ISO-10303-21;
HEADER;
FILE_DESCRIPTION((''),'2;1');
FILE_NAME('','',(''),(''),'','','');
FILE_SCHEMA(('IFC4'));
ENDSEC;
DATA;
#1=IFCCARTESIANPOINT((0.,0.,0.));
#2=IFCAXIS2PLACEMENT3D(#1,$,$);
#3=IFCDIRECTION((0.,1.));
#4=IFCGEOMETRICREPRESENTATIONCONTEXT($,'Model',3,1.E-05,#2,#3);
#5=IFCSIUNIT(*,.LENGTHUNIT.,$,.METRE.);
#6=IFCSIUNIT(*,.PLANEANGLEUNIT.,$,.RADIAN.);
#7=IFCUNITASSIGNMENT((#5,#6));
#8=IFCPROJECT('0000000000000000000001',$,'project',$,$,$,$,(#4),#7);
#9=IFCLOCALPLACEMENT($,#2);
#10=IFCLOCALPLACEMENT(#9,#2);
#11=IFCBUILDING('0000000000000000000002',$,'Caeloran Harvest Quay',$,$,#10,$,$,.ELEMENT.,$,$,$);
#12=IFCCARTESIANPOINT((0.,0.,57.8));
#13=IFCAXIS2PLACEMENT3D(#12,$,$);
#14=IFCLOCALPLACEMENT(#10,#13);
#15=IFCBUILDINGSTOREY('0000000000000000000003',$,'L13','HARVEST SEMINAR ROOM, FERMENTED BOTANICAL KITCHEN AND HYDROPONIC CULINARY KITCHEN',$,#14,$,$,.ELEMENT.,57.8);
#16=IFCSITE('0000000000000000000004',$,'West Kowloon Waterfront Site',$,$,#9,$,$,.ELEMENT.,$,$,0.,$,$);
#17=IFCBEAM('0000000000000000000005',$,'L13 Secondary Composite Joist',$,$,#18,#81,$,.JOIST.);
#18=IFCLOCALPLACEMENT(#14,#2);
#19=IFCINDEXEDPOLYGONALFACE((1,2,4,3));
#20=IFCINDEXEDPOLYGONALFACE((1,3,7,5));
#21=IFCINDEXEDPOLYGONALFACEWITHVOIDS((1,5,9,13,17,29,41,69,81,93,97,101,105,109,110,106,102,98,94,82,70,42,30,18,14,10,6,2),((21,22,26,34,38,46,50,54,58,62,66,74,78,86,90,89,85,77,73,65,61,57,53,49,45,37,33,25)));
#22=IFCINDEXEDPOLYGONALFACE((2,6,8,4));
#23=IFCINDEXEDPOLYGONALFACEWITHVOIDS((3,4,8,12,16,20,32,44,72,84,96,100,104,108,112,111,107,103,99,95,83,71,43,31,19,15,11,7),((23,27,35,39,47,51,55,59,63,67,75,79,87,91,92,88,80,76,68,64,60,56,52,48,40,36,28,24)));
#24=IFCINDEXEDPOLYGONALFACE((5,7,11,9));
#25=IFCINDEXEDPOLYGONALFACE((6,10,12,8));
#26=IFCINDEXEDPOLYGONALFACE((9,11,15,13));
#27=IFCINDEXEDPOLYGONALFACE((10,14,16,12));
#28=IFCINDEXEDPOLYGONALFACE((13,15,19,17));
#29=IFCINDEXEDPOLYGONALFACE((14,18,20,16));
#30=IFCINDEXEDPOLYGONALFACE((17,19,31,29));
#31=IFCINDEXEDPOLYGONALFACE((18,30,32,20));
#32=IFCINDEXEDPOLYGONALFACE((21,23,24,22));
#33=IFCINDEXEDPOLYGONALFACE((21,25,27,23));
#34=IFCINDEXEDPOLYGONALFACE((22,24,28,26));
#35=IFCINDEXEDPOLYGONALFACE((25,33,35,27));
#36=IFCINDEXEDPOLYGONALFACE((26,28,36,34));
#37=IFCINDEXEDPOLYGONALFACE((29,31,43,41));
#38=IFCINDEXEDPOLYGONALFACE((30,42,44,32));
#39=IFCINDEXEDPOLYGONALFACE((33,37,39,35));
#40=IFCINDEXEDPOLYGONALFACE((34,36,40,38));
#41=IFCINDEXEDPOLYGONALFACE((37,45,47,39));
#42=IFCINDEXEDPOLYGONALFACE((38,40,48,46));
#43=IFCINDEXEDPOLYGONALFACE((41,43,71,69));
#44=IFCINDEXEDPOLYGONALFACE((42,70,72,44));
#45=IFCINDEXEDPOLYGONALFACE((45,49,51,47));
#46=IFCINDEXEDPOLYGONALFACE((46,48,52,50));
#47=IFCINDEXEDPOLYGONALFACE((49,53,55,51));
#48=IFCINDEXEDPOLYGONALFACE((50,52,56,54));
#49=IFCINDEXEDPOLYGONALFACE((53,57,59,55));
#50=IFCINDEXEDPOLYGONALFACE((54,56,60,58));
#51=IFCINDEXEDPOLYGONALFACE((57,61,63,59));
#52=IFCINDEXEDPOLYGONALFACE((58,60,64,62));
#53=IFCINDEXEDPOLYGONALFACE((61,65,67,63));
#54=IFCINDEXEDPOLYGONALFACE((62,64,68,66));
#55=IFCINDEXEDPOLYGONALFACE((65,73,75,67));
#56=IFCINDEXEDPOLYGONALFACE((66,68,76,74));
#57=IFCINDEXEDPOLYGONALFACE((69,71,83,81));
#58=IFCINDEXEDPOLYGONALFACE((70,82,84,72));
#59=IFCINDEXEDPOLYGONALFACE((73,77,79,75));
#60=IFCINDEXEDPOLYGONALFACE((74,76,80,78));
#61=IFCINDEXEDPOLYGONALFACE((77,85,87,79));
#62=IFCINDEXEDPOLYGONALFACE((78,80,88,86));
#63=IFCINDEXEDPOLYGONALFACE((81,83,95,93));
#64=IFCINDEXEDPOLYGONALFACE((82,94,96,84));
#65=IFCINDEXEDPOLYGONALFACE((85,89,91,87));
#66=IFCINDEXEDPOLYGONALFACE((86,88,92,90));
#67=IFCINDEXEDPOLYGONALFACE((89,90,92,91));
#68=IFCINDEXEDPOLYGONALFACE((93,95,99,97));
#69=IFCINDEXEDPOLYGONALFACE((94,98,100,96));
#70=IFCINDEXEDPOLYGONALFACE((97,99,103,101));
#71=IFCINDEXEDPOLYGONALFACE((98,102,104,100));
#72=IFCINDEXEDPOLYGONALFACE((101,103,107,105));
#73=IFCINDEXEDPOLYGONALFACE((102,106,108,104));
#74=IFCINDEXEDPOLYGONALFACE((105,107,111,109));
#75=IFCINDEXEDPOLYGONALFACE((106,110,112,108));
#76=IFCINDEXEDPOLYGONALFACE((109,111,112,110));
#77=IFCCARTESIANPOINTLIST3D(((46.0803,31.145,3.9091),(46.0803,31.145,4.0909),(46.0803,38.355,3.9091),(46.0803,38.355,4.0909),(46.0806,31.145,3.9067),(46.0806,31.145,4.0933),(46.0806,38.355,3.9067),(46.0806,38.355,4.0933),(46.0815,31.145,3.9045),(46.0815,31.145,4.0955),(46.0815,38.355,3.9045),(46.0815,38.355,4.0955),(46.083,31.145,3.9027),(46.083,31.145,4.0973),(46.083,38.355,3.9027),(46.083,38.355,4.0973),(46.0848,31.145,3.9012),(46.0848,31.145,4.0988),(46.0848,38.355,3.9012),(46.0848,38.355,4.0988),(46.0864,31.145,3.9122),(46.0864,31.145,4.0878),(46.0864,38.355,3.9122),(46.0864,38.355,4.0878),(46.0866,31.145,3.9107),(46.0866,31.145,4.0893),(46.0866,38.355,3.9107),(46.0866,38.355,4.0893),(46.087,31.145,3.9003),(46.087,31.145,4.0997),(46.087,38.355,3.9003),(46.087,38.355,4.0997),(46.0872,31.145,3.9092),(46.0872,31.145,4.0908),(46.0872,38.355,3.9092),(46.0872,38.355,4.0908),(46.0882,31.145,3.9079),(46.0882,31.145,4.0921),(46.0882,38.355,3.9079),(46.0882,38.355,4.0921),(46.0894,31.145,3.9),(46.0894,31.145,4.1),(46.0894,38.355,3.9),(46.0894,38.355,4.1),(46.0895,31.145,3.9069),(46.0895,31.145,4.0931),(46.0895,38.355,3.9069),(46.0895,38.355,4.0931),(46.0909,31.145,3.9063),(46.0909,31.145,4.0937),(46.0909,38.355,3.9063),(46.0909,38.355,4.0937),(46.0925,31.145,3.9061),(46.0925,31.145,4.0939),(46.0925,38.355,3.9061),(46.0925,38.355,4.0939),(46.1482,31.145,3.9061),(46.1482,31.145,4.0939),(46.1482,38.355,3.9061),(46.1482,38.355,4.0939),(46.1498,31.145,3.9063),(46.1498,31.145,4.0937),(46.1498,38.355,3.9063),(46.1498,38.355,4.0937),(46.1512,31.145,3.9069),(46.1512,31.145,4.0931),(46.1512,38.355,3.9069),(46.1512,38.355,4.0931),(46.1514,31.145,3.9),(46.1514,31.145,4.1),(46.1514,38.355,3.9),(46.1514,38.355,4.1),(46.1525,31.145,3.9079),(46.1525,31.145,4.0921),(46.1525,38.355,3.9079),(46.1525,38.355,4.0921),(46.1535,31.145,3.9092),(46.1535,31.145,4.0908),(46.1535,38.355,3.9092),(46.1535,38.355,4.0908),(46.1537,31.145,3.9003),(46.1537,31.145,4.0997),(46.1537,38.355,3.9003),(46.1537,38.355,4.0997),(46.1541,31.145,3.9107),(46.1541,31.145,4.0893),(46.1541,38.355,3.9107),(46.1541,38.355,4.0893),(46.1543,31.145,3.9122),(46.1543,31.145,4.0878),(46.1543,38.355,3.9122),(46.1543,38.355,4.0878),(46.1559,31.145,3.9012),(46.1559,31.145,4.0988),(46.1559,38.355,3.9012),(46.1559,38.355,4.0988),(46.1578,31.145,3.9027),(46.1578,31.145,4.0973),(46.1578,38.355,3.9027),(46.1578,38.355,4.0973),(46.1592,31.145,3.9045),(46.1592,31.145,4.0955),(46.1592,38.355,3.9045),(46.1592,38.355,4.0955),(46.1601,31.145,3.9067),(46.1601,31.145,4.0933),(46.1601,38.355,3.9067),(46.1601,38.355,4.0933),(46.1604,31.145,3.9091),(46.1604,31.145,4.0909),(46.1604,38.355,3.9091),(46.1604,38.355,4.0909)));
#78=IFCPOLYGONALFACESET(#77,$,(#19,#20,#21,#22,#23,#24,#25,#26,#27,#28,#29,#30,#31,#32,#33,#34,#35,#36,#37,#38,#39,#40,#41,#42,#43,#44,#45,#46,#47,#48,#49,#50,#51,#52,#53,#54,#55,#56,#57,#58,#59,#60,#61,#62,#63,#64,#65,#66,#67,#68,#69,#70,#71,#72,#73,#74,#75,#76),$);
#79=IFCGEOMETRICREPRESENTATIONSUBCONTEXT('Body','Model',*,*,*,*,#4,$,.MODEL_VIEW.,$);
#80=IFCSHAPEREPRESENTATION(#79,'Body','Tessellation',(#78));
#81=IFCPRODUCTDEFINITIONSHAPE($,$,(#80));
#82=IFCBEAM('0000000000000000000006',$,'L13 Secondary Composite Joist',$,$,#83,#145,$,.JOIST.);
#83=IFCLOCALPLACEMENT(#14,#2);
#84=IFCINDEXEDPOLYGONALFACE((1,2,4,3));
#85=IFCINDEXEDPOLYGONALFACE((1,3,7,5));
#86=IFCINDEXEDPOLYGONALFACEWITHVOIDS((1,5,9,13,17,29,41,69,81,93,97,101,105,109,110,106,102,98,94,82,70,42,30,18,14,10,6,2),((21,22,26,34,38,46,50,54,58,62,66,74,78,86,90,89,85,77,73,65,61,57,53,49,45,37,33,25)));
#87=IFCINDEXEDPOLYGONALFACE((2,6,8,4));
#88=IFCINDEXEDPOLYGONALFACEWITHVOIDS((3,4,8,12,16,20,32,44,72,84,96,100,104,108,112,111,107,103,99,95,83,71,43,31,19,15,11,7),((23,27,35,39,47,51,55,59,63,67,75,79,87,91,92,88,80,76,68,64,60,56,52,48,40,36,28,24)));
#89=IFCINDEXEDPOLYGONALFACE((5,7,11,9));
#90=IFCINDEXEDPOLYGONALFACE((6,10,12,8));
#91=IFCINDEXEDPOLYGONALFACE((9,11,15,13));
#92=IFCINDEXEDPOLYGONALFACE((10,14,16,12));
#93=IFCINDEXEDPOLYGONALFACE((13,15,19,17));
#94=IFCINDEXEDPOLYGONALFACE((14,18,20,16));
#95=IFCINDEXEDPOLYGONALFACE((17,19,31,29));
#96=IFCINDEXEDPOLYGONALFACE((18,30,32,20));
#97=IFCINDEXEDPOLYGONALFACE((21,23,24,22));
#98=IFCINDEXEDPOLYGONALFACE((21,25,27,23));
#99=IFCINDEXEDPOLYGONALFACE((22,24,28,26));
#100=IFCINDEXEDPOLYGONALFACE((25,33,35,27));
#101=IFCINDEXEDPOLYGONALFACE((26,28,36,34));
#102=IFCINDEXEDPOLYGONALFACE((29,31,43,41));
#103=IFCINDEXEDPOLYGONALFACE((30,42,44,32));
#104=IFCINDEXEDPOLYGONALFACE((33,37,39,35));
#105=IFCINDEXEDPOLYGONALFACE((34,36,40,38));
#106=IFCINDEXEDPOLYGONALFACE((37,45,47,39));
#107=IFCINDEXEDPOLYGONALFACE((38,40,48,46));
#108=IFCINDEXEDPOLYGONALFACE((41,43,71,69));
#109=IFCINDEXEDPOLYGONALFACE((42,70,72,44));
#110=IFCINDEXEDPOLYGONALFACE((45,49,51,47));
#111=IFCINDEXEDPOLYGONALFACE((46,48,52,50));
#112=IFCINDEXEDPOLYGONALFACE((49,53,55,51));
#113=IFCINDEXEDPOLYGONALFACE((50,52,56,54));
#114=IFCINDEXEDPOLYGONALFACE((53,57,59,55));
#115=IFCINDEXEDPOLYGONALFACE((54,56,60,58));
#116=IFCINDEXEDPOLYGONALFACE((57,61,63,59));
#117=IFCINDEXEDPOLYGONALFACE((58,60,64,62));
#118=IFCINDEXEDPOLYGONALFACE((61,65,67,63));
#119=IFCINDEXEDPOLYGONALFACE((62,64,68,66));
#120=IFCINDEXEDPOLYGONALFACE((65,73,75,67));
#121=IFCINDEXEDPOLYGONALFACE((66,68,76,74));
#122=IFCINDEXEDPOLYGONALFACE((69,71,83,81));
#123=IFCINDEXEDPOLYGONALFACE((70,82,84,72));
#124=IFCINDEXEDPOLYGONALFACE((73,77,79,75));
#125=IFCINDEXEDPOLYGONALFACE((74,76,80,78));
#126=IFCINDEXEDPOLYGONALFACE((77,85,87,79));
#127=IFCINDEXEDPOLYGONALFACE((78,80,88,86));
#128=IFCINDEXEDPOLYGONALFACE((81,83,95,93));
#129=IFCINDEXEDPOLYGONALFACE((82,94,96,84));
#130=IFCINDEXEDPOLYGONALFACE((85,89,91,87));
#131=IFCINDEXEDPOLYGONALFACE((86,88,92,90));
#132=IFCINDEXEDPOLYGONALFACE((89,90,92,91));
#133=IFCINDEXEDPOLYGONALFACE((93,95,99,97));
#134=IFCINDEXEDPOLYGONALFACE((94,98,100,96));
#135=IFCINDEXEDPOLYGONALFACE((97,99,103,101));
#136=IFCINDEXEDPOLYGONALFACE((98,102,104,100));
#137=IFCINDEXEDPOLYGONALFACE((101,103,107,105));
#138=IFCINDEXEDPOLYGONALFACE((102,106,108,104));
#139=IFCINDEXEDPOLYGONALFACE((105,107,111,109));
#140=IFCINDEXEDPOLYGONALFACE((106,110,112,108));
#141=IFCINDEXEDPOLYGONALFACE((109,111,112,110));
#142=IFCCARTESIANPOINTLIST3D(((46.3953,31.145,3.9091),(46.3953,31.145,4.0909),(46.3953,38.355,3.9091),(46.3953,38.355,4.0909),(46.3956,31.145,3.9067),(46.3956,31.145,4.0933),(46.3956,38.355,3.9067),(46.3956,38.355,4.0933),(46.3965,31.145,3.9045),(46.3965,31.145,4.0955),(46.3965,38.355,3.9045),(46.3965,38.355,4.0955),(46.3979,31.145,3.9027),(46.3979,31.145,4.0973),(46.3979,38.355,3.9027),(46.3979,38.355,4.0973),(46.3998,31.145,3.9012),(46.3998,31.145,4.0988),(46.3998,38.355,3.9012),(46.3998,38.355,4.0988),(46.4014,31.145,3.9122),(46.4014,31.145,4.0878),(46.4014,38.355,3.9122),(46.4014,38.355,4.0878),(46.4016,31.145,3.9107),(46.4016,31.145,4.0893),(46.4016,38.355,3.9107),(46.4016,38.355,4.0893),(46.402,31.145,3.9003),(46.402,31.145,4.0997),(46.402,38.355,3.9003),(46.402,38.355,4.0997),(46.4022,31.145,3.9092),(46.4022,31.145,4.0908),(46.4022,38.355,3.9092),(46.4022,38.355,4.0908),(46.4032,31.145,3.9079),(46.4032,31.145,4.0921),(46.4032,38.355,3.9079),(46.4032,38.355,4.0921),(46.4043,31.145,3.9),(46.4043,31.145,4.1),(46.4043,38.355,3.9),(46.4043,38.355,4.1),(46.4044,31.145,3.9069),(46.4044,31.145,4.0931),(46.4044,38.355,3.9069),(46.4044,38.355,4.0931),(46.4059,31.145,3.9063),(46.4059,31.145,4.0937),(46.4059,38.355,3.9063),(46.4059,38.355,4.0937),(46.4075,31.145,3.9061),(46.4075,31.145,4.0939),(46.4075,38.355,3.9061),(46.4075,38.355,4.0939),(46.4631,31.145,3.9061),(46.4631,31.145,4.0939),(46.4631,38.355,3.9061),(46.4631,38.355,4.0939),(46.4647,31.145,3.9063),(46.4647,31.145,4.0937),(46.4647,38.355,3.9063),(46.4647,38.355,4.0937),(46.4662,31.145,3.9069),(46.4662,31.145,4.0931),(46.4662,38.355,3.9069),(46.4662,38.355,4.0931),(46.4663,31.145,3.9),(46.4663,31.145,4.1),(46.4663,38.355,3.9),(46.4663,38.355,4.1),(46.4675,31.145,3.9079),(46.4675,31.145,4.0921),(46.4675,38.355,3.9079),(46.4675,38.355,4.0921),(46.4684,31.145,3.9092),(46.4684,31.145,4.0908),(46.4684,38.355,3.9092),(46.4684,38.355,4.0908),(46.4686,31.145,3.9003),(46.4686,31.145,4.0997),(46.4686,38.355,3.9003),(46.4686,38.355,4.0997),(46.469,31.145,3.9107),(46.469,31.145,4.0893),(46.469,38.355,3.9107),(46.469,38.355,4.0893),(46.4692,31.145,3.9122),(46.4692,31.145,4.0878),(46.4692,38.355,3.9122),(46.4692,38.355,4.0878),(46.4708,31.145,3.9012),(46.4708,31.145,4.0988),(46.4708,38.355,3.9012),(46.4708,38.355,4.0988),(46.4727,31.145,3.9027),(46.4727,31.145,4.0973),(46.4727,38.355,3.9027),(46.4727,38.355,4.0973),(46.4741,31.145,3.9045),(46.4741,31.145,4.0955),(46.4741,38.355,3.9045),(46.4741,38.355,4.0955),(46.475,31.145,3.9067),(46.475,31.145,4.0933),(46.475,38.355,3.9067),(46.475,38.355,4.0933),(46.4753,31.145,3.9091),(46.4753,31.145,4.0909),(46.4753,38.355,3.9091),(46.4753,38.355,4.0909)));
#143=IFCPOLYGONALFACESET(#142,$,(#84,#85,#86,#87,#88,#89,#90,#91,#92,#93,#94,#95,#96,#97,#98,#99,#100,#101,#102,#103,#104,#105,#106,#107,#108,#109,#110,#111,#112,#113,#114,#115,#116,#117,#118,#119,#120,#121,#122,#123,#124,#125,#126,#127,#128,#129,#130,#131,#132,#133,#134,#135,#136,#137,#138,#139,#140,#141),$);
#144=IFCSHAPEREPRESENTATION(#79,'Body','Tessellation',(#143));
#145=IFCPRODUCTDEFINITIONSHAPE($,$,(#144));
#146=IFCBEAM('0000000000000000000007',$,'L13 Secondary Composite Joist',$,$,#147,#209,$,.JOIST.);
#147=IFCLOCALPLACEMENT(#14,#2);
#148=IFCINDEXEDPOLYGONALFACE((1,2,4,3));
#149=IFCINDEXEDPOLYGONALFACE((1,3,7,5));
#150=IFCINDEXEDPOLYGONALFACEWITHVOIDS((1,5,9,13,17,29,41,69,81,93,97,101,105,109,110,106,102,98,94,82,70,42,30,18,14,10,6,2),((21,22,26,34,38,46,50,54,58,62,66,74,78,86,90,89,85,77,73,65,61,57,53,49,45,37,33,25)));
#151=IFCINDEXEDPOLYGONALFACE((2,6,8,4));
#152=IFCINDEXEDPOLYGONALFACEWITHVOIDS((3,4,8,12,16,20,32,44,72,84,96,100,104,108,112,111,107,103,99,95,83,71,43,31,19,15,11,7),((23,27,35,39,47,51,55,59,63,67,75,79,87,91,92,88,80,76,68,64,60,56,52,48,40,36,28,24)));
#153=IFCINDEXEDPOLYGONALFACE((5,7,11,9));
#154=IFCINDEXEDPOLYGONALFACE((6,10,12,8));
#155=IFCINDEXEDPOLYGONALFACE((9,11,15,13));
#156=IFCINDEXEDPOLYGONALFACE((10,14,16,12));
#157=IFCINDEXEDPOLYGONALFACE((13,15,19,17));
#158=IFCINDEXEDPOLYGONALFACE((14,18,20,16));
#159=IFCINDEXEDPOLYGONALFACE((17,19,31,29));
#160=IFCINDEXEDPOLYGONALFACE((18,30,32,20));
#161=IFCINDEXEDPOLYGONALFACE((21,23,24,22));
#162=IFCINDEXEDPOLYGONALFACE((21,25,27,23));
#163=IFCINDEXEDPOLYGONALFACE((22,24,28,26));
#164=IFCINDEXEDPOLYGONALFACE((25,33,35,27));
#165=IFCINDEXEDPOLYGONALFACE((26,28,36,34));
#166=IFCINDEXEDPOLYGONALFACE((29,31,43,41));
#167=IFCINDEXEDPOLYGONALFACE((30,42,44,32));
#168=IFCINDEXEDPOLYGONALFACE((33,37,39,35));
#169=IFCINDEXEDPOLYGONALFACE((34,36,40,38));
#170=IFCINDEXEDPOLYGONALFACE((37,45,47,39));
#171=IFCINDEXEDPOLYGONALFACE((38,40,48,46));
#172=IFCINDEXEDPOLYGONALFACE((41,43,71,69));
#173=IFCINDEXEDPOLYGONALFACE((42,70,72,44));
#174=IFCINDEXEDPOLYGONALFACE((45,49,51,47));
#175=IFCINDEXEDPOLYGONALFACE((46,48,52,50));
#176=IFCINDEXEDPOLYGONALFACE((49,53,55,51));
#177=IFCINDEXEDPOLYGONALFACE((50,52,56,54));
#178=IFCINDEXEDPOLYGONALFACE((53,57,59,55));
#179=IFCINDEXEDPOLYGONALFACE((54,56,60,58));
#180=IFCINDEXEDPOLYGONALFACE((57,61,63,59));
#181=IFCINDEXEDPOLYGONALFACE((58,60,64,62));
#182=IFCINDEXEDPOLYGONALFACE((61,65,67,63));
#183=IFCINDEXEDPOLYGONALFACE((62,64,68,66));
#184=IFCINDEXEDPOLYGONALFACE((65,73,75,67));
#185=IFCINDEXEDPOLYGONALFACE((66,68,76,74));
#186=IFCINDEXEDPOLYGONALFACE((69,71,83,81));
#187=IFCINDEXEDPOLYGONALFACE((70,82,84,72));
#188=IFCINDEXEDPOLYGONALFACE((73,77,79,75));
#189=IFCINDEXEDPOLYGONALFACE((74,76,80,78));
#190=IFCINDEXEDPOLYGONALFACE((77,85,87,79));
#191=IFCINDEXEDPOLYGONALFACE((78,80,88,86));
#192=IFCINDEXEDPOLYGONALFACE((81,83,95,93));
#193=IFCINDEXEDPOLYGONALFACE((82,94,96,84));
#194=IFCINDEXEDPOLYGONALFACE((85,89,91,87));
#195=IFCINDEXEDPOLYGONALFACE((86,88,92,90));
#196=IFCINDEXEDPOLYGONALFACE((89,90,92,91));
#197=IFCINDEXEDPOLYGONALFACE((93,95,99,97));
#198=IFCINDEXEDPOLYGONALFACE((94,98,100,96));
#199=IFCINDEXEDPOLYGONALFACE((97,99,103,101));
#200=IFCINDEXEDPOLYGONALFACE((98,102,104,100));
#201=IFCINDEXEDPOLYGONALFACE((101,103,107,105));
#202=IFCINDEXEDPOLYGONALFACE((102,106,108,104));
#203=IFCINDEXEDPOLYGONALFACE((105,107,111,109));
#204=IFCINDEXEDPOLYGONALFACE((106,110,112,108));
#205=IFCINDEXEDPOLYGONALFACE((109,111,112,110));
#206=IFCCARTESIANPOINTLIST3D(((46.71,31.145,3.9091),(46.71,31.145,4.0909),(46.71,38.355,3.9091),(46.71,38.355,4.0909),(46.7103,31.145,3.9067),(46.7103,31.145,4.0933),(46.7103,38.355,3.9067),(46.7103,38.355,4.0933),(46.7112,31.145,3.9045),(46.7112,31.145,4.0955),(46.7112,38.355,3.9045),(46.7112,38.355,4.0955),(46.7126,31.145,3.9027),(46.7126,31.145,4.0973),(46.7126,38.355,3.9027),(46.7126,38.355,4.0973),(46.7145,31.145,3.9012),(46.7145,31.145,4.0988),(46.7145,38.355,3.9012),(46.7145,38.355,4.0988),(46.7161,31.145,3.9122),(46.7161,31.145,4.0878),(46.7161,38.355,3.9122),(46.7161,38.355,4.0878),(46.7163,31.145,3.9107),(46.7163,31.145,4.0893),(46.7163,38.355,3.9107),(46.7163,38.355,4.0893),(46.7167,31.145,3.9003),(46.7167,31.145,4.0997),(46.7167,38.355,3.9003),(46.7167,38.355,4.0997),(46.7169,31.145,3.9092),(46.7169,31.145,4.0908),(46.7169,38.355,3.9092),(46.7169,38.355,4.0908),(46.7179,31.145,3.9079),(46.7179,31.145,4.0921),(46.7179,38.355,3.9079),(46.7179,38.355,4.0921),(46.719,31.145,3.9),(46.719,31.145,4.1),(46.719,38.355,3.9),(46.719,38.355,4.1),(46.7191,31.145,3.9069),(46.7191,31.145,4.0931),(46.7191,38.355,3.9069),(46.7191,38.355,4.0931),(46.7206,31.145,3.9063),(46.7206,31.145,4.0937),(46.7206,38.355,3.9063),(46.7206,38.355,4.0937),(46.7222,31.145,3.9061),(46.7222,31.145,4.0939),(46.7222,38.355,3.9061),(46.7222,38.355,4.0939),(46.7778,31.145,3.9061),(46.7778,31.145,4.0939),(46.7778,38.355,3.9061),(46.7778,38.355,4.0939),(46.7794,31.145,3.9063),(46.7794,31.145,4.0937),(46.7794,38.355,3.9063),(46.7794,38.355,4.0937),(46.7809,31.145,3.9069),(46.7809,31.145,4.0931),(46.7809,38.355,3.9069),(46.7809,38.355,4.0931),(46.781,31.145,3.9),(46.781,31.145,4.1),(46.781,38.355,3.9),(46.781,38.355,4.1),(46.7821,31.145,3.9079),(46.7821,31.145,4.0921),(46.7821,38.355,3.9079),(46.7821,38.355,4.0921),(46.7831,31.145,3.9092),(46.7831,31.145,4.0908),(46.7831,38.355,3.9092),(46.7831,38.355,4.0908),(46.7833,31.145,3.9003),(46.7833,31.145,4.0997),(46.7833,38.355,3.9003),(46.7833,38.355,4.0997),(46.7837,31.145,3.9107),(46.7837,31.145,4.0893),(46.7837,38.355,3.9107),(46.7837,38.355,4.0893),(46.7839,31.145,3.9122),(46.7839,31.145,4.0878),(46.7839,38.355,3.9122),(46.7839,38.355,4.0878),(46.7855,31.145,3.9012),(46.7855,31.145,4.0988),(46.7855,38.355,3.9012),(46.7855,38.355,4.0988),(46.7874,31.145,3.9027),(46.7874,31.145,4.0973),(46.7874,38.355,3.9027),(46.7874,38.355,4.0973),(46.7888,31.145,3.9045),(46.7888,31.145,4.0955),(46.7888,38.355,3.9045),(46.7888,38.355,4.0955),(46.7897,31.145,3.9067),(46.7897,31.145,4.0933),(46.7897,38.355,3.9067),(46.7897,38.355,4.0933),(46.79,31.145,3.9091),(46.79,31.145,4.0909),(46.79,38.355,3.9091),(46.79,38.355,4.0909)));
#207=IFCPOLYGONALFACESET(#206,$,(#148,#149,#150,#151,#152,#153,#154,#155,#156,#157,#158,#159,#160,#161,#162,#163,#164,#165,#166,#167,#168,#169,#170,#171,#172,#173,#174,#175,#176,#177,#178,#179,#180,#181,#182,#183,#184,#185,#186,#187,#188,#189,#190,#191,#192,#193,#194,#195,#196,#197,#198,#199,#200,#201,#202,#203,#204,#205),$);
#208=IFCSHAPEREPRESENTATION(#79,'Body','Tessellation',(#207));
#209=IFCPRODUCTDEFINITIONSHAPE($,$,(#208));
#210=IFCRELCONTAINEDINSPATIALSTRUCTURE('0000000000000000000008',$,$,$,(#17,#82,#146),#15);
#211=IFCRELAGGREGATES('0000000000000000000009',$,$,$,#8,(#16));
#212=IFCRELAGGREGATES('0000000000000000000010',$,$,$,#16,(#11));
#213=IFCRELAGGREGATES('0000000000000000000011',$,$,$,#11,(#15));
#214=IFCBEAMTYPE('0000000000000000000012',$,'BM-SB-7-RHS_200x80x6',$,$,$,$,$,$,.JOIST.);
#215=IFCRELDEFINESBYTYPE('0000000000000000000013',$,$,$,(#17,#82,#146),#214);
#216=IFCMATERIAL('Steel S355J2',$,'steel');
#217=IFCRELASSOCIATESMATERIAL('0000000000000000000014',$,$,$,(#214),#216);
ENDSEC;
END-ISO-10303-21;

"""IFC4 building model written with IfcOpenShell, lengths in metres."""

from ifc_helpers import new_model, si_unit, direction, frame, origin, origin_2d, place, context, subcontext, project, spatial, hollow_rectangle, extrude, material, material_profile, profile_set, type_object, element, save


model = new_model("IFC4")

# Units and contexts
model_context = context("Model", 3, precision=1e-05, world=origin(), true_north=direction((0.0, 1.0)))
body_context = subcontext(model_context, "Body", "Model", "MODEL_VIEW")
ifc_project = project(units=[si_unit("LENGTHUNIT", "METRE"), si_unit("PLANEANGLEUNIT", "RADIAN")], contexts=[model_context])

# Site, building, storey
site_placement = place(None, origin())
site = spatial("IfcSite", under=ifc_project, at=site_placement, Name="West Kowloon Waterfront Site", CompositionType="ELEMENT", RefElevation=0.0)
building_placement = place(site_placement, origin())
building = spatial("IfcBuilding", under=site, at=building_placement, Name="Caeloran Harvest Quay", CompositionType="ELEMENT")
storey_placement = place(building_placement, frame((0.0, 0.0, 57.8)))
storey = spatial("IfcBuildingStorey", under=building, at=storey_placement, Name="L13", Description="HARVEST SEMINAR ROOM, FERMENTED BOTANICAL KITCHEN AND HYDROPONIC CULINARY KITCHEN", CompositionType="ELEMENT", Elevation=57.8)

# Beams
ifc_material_1 = material(Name="Steel S355J2", Category="steel")
ifc_material_profile_1 = material_profile(ifc_material_1, hollow_rectangle(XDim=0.0801, YDim=0.2, WallThickness=0.0061, InnerFilletRadius=0.0061, OuterFilletRadius=0.009, at=origin_2d()), Name="RHS 200x80x6")
ifc_profile_set_1 = profile_set([ifc_material_profile_1], Name="Steel S355J2")
beam_type_1 = type_object("IfcBeamType", Name="BM-SB-7-RHS_200x80x6", PredefinedType="JOIST", material=ifc_profile_set_1)
for number, where, z_axis, x_axis, name in (
    (1, (46.1204, 31.145, 4.0), (0.0, 1.0, 0.0), (-1.0, 0.0, 0.0), "L13 Secondary Composite Joist"),
    (2, (46.4353, 31.145, 4.0), (0.0, 1.0, 0.0), (-1.0, 0.0, 0.0), "L13 Secondary Composite Joist"),
    (3, (46.75, 31.145, 4.0), (0.0, 1.0, 0.0), (-1.0, 0.0, 0.0), "L13 Secondary Composite Joist"),
):
    element("IfcBeam", number, at=place(storey_placement, frame(where, z_axis=z_axis, x_axis=x_axis)), inside=storey, type_object=beam_type_1, Name=name, PredefinedType="JOIST", context=body_context, shape_type="SweptSolid", body=[
        extrude(hollow_rectangle(XDim=0.0801, YDim=0.2, WallThickness=0.0061, InnerFilletRadius=0.0061, OuterFilletRadius=0.009, at=origin_2d()), origin(), (0.0, 0.0, 1.0), 7.21),
    ])

save(model, "model.ifc")
